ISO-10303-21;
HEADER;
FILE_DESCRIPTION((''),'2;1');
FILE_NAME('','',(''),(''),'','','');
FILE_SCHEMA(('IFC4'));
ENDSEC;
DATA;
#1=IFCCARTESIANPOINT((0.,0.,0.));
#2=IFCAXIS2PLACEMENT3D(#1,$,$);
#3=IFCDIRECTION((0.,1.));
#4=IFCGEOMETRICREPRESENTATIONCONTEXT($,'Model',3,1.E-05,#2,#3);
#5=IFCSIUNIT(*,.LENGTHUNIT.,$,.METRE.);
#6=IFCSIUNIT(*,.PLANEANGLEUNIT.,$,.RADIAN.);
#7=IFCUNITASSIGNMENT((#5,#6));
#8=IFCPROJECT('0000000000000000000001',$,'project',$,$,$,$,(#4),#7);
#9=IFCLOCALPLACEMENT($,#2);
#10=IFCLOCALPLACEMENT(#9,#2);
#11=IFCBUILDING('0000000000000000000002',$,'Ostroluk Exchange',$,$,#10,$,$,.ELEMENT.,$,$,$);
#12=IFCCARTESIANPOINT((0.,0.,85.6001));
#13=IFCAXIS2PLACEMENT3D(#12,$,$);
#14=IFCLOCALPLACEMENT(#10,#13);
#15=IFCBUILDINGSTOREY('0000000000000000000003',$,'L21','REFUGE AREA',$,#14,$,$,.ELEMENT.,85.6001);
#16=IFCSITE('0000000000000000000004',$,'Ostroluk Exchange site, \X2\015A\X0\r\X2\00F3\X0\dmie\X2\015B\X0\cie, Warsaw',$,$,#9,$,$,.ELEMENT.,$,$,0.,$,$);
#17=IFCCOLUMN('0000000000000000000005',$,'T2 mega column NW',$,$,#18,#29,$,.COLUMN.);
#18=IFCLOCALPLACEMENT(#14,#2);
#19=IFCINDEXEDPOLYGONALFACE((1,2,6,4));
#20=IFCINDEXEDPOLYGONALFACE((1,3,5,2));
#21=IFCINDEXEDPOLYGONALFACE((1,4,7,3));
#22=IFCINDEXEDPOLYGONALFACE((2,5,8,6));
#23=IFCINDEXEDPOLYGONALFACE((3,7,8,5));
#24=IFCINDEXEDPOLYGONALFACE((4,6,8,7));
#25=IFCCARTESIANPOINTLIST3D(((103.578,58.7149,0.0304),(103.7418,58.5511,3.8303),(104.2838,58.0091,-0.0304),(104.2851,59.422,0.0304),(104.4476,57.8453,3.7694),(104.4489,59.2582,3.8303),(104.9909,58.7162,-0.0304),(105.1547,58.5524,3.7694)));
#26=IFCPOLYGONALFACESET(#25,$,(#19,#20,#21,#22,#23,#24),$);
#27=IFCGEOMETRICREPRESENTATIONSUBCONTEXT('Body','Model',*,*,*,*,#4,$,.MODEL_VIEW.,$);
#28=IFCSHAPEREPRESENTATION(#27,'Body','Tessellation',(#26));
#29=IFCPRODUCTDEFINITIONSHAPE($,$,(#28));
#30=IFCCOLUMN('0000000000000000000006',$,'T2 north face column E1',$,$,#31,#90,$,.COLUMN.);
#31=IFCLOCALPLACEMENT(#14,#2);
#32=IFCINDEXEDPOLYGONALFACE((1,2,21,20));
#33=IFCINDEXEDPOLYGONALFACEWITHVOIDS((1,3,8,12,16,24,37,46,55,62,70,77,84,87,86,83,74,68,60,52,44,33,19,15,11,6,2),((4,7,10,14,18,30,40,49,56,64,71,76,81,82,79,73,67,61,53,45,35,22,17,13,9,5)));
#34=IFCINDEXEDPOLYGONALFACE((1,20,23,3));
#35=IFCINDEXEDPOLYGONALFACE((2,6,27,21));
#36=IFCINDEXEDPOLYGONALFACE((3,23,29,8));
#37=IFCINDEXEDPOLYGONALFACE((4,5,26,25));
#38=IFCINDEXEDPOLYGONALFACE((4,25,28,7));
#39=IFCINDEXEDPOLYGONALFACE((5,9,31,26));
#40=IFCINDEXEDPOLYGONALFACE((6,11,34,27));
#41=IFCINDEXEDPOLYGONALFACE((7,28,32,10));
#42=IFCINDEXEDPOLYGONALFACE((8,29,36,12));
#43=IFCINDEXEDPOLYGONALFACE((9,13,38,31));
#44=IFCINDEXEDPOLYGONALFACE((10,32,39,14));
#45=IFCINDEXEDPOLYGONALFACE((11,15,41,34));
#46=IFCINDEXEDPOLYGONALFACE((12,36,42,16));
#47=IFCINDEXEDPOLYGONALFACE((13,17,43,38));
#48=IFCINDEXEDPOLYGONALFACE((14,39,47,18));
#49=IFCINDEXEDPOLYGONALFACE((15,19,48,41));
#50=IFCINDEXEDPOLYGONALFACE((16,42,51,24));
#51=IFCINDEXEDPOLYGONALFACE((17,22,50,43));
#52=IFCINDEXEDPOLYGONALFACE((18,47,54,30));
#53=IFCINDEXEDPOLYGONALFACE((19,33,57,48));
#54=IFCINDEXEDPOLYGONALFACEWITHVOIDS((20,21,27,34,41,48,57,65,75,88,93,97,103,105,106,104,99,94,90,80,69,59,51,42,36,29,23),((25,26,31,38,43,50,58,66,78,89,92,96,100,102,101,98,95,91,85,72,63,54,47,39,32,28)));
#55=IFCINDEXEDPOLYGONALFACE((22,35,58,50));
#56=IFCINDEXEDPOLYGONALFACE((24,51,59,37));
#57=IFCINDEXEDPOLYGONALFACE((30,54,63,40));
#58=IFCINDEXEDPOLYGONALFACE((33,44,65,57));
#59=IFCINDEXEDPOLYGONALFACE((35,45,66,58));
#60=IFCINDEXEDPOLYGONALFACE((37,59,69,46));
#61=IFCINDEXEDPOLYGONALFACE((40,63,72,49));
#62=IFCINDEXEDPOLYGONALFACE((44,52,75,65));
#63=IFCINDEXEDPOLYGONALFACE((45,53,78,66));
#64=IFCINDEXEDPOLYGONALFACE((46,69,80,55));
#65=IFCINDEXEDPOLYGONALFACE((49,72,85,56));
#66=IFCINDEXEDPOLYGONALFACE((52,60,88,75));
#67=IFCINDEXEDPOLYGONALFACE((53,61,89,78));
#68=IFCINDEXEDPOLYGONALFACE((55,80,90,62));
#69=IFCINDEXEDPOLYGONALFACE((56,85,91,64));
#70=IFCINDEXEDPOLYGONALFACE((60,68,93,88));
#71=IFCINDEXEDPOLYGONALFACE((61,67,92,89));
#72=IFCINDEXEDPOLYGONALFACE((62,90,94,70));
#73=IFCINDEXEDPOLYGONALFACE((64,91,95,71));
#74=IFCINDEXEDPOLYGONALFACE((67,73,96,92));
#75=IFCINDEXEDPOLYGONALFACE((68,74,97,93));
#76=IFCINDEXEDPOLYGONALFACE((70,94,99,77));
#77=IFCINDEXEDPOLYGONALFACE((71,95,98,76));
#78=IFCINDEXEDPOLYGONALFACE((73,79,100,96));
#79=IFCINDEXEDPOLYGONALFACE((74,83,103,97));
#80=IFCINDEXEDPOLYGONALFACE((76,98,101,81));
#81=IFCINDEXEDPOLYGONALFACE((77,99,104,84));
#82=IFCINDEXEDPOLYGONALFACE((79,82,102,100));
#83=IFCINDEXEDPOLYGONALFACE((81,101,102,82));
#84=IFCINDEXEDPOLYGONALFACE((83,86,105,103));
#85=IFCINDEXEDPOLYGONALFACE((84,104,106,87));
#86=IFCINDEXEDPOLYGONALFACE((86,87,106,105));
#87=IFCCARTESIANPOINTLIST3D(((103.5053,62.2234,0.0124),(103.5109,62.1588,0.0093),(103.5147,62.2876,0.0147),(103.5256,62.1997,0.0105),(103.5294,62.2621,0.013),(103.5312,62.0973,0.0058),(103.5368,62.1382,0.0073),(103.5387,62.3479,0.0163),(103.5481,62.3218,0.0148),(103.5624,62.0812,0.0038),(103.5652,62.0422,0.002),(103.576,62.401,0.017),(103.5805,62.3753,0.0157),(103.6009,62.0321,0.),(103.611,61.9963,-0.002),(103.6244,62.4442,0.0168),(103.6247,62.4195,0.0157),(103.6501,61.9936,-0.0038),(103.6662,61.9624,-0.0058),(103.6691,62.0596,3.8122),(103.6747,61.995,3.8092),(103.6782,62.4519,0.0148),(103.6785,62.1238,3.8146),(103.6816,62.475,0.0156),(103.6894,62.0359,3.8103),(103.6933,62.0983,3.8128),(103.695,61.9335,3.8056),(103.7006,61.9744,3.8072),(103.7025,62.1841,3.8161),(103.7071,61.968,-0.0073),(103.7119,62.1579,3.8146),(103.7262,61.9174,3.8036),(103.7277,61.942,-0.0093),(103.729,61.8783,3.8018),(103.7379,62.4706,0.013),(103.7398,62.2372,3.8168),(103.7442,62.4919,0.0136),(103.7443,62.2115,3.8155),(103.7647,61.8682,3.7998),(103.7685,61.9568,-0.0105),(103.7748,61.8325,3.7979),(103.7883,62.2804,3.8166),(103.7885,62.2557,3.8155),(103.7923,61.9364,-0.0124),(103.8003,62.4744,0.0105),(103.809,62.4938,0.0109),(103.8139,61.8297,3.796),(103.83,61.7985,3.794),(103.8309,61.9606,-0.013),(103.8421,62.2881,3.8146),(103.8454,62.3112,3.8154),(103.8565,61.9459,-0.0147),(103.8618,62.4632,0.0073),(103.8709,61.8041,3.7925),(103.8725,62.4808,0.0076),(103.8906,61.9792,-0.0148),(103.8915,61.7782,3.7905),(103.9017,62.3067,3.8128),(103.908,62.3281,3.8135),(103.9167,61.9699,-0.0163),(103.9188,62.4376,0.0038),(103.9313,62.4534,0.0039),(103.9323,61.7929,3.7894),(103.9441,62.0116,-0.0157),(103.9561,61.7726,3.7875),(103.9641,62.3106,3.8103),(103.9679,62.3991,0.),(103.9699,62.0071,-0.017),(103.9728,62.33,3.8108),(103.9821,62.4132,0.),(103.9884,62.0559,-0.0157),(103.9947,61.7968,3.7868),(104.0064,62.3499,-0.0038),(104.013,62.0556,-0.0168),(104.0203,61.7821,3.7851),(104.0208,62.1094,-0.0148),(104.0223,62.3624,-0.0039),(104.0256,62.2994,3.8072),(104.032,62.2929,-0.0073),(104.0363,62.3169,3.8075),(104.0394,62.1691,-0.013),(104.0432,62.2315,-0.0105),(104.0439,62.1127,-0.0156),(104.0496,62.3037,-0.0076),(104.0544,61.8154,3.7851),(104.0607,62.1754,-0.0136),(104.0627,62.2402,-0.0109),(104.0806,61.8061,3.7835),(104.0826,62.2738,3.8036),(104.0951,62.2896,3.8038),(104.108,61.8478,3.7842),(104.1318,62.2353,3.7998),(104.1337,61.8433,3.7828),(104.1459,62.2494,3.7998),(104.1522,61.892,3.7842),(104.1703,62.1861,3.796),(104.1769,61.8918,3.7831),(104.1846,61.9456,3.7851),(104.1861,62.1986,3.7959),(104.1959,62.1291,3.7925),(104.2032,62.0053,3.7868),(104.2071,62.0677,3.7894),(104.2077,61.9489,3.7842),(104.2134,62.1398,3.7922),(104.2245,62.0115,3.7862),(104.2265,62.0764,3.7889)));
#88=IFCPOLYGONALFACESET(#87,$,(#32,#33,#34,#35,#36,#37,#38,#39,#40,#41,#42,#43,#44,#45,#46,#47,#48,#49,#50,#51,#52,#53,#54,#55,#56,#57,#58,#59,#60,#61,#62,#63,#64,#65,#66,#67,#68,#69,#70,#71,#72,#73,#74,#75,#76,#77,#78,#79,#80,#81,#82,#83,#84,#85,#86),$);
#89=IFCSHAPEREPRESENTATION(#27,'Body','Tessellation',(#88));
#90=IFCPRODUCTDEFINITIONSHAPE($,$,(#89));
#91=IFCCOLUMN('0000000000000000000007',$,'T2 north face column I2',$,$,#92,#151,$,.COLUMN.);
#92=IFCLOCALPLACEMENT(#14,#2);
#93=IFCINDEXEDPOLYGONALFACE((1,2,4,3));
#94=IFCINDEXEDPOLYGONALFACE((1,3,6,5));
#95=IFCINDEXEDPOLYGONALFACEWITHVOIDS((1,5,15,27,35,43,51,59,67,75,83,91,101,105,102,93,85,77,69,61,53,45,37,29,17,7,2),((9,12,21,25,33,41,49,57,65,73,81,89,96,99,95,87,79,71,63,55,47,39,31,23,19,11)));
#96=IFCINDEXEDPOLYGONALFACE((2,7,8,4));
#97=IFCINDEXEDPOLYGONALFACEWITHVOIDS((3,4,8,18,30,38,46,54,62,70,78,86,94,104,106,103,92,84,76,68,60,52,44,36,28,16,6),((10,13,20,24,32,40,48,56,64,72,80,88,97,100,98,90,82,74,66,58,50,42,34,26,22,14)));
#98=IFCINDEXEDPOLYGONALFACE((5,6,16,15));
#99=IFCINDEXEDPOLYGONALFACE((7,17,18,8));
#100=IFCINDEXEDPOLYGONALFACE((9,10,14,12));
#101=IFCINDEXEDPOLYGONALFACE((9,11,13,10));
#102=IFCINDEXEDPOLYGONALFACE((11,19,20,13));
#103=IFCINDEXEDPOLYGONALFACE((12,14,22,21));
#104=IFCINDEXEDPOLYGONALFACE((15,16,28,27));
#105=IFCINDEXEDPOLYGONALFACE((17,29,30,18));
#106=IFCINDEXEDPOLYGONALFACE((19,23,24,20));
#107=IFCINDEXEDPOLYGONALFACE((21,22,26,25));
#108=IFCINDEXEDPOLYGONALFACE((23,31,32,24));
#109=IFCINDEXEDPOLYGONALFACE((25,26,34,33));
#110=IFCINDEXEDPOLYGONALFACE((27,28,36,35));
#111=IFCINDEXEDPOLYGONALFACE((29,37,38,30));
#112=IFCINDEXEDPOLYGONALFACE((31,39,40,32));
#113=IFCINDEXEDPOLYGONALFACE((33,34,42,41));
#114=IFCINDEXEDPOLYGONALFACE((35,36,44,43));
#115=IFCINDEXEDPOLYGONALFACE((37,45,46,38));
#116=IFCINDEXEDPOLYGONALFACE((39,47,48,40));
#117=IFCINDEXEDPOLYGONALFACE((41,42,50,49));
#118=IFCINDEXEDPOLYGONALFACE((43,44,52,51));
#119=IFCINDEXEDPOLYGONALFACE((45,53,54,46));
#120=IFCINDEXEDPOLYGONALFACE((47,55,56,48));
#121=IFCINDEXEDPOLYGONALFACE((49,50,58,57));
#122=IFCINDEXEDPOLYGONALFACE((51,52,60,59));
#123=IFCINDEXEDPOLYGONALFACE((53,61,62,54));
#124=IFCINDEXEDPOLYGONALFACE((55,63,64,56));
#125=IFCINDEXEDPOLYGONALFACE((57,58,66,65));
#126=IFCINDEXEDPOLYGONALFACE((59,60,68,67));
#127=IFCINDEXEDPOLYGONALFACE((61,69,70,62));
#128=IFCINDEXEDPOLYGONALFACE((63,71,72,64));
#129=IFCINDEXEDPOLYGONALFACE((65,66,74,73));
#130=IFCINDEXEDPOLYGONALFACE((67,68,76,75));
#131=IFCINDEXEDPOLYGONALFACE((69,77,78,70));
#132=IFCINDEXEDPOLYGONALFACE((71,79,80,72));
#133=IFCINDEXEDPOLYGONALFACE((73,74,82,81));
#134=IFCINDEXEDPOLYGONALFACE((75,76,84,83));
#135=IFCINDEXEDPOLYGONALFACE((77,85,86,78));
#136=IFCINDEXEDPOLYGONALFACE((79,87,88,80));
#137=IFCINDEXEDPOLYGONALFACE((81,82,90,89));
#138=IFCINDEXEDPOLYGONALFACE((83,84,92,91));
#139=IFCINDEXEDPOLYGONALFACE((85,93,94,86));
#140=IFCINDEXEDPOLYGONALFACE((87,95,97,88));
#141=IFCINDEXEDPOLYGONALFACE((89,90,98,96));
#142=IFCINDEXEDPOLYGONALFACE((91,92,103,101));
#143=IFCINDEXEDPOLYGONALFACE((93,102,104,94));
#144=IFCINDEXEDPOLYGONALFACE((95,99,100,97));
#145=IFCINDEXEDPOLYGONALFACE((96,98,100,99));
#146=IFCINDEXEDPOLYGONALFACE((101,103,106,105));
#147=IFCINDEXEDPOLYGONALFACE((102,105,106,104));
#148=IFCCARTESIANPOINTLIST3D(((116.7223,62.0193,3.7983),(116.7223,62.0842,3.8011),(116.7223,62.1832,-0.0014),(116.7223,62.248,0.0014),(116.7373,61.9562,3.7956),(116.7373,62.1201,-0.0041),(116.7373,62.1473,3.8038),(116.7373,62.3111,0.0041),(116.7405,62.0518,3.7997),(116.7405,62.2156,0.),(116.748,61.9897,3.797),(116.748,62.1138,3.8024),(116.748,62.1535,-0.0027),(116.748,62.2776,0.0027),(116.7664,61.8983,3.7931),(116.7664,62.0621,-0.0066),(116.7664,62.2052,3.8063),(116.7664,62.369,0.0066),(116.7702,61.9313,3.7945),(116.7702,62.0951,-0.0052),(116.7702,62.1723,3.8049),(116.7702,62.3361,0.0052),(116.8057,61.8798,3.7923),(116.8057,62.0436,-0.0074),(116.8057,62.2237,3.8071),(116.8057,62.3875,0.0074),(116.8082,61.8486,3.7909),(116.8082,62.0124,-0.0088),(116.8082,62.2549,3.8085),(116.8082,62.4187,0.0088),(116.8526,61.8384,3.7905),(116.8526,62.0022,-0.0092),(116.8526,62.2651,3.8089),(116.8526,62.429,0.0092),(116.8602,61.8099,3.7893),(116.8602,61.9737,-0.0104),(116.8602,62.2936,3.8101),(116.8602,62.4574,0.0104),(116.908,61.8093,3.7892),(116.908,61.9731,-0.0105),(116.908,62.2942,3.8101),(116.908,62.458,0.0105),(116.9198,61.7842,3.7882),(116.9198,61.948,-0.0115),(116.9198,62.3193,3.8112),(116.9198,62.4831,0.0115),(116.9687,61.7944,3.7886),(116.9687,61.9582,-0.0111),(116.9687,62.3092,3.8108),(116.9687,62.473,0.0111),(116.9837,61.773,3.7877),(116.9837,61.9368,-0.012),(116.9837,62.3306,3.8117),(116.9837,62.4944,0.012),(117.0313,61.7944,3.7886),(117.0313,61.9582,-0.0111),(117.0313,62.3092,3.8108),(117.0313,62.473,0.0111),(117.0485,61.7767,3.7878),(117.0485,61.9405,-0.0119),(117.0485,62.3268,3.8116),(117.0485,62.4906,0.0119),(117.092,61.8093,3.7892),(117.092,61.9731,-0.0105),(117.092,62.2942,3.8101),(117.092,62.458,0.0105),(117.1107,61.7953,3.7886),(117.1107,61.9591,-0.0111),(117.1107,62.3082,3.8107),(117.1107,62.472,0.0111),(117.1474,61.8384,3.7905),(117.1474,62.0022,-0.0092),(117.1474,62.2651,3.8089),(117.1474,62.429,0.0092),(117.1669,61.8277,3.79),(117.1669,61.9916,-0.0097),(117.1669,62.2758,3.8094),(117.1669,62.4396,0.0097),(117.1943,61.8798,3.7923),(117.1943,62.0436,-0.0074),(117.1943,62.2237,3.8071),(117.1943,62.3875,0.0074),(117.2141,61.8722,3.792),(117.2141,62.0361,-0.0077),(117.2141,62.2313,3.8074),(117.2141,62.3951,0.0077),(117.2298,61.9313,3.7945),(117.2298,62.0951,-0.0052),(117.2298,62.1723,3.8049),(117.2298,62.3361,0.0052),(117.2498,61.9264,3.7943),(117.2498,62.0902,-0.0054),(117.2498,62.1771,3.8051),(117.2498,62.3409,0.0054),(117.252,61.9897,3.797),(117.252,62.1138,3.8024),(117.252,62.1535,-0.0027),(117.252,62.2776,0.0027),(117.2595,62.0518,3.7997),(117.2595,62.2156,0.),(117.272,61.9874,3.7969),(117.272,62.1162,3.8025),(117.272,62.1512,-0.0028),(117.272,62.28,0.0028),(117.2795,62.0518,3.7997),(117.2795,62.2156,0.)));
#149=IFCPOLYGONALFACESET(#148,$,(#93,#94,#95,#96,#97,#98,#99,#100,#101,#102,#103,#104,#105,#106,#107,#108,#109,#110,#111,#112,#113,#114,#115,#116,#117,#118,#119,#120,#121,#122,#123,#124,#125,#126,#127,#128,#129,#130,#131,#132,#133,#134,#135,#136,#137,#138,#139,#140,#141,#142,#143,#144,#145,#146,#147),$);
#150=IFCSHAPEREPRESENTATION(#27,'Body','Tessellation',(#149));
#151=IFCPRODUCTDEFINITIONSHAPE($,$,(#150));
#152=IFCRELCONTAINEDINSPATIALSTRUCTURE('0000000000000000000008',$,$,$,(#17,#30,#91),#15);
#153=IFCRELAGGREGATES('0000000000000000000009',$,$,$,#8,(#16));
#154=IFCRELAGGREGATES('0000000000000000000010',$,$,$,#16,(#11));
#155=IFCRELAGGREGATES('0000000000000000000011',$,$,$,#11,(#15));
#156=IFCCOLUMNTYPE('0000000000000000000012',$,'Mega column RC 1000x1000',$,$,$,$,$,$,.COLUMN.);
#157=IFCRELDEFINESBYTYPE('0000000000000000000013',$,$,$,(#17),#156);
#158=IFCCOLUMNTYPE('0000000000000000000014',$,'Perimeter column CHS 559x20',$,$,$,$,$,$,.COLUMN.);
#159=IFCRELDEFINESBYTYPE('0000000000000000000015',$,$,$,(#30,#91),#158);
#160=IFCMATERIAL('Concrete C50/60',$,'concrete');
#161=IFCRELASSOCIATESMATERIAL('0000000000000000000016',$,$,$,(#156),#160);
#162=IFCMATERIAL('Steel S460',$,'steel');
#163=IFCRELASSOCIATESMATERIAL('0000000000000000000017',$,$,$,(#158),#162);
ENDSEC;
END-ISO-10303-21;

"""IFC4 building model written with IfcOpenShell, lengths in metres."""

from ifc_helpers import new_model, si_unit, direction, frame, origin, origin_2d, place, context, subcontext, project, spatial, rectangle, hollow_circle, extrude, material, material_profile, profile_set, type_object, element, save


model = new_model("IFC4")

# Units and contexts
model_context = context("Model", 3, precision=1e-05, world=origin(), true_north=direction((0.0, 1.0)))
body_context = subcontext(model_context, "Body", "Model", "MODEL_VIEW")
ifc_project = project(units=[si_unit("LENGTHUNIT", "METRE"), si_unit("PLANEANGLEUNIT", "RADIAN")], contexts=[model_context])

# Site, building, storey
site_placement = place(None, origin())
site = spatial("IfcSite", under=ifc_project, at=site_placement, Name="Ostroluk Exchange site, Śródmieście, Warsaw", CompositionType="ELEMENT", RefElevation=0.0)
building_placement = place(site_placement, origin())
building = spatial("IfcBuilding", under=site, at=building_placement, Name="Ostroluk Exchange", CompositionType="ELEMENT")
storey_placement = place(building_placement, frame((0.0, 0.0, 85.6001)))
storey = spatial("IfcBuildingStorey", under=building, at=storey_placement, Name="L21", Description="REFUGE AREA", CompositionType="ELEMENT", Elevation=85.6001)

# Columns
ifc_material_1 = material(Name="Concrete C50/60", Category="concrete")
ifc_material_profile_1 = material_profile(ifc_material_1, rectangle(XDim=1.0, YDim=1.0, at=origin_2d()), Name="RC 1000x1000")
ifc_profile_set_1 = profile_set([ifc_material_profile_1], Name="Concrete C50/60")
column_type_1 = type_object("IfcColumnType", Name="Mega column RC 1000x1000", PredefinedType="COLUMN", material=ifc_profile_set_1)
column_1_placement = place(storey_placement, frame((104.2844, 58.7156, 0.0), z_axis=(0.043032, -0.043032, 0.998146), x_axis=(0.707107, 0.707107, 0.0)))
element("IfcColumn", 1, at=column_1_placement, inside=storey, type_object=column_type_1, Name="T2 mega column NW", PredefinedType="COLUMN", context=body_context, shape_type="SweptSolid", body=[
    extrude(rectangle(XDim=1.0, YDim=1.0, at=origin_2d()), origin(), (0.0, 0.0, 1.0), 3.8069),
])
ifc_material_2 = material(Name="Steel S460", Category="steel")
ifc_material_profile_2 = material_profile(ifc_material_2, hollow_circle(Radius=0.2795, WallThickness=0.02, at=origin_2d()), Name="CHS 559x20")
ifc_profile_set_2 = profile_set([ifc_material_profile_2], Name="Steel S460")
column_type_2 = type_object("IfcColumnType", Name="Perimeter column CHS 559x20", PredefinedType="COLUMN", material=ifc_profile_set_2)
column_2_placement = place(storey_placement, frame((103.7844, 62.2156, 0.0), z_axis=(0.043032, -0.043032, 0.998146), x_axis=(0.707107, 0.707107, 0.0)))
element("IfcColumn", 2, at=column_2_placement, inside=storey, type_object=column_type_2, Name="T2 north face column E1", PredefinedType="COLUMN", context=body_context, shape_type="SweptSolid", body=[
    extrude(hollow_circle(Radius=0.2795, WallThickness=0.02, at=origin_2d()), origin(), (0.0, 0.0, 1.0), 3.8069),
])
column_3_placement = place(storey_placement, frame((117.0, 62.2156, 0.0), z_axis=(0.0, -0.043072, 0.999072), x_axis=(1.0, 0.0, 0.0)))
element("IfcColumn", 3, at=column_3_placement, inside=storey, type_object=column_type_2, Name="T2 north face column I2", PredefinedType="COLUMN", context=body_context, shape_type="SweptSolid", body=[
    extrude(hollow_circle(Radius=0.2795, WallThickness=0.02, at=origin_2d()), origin(), (0.0, 0.0, 1.0), 3.8032),
])

save(model, "model.ifc")
